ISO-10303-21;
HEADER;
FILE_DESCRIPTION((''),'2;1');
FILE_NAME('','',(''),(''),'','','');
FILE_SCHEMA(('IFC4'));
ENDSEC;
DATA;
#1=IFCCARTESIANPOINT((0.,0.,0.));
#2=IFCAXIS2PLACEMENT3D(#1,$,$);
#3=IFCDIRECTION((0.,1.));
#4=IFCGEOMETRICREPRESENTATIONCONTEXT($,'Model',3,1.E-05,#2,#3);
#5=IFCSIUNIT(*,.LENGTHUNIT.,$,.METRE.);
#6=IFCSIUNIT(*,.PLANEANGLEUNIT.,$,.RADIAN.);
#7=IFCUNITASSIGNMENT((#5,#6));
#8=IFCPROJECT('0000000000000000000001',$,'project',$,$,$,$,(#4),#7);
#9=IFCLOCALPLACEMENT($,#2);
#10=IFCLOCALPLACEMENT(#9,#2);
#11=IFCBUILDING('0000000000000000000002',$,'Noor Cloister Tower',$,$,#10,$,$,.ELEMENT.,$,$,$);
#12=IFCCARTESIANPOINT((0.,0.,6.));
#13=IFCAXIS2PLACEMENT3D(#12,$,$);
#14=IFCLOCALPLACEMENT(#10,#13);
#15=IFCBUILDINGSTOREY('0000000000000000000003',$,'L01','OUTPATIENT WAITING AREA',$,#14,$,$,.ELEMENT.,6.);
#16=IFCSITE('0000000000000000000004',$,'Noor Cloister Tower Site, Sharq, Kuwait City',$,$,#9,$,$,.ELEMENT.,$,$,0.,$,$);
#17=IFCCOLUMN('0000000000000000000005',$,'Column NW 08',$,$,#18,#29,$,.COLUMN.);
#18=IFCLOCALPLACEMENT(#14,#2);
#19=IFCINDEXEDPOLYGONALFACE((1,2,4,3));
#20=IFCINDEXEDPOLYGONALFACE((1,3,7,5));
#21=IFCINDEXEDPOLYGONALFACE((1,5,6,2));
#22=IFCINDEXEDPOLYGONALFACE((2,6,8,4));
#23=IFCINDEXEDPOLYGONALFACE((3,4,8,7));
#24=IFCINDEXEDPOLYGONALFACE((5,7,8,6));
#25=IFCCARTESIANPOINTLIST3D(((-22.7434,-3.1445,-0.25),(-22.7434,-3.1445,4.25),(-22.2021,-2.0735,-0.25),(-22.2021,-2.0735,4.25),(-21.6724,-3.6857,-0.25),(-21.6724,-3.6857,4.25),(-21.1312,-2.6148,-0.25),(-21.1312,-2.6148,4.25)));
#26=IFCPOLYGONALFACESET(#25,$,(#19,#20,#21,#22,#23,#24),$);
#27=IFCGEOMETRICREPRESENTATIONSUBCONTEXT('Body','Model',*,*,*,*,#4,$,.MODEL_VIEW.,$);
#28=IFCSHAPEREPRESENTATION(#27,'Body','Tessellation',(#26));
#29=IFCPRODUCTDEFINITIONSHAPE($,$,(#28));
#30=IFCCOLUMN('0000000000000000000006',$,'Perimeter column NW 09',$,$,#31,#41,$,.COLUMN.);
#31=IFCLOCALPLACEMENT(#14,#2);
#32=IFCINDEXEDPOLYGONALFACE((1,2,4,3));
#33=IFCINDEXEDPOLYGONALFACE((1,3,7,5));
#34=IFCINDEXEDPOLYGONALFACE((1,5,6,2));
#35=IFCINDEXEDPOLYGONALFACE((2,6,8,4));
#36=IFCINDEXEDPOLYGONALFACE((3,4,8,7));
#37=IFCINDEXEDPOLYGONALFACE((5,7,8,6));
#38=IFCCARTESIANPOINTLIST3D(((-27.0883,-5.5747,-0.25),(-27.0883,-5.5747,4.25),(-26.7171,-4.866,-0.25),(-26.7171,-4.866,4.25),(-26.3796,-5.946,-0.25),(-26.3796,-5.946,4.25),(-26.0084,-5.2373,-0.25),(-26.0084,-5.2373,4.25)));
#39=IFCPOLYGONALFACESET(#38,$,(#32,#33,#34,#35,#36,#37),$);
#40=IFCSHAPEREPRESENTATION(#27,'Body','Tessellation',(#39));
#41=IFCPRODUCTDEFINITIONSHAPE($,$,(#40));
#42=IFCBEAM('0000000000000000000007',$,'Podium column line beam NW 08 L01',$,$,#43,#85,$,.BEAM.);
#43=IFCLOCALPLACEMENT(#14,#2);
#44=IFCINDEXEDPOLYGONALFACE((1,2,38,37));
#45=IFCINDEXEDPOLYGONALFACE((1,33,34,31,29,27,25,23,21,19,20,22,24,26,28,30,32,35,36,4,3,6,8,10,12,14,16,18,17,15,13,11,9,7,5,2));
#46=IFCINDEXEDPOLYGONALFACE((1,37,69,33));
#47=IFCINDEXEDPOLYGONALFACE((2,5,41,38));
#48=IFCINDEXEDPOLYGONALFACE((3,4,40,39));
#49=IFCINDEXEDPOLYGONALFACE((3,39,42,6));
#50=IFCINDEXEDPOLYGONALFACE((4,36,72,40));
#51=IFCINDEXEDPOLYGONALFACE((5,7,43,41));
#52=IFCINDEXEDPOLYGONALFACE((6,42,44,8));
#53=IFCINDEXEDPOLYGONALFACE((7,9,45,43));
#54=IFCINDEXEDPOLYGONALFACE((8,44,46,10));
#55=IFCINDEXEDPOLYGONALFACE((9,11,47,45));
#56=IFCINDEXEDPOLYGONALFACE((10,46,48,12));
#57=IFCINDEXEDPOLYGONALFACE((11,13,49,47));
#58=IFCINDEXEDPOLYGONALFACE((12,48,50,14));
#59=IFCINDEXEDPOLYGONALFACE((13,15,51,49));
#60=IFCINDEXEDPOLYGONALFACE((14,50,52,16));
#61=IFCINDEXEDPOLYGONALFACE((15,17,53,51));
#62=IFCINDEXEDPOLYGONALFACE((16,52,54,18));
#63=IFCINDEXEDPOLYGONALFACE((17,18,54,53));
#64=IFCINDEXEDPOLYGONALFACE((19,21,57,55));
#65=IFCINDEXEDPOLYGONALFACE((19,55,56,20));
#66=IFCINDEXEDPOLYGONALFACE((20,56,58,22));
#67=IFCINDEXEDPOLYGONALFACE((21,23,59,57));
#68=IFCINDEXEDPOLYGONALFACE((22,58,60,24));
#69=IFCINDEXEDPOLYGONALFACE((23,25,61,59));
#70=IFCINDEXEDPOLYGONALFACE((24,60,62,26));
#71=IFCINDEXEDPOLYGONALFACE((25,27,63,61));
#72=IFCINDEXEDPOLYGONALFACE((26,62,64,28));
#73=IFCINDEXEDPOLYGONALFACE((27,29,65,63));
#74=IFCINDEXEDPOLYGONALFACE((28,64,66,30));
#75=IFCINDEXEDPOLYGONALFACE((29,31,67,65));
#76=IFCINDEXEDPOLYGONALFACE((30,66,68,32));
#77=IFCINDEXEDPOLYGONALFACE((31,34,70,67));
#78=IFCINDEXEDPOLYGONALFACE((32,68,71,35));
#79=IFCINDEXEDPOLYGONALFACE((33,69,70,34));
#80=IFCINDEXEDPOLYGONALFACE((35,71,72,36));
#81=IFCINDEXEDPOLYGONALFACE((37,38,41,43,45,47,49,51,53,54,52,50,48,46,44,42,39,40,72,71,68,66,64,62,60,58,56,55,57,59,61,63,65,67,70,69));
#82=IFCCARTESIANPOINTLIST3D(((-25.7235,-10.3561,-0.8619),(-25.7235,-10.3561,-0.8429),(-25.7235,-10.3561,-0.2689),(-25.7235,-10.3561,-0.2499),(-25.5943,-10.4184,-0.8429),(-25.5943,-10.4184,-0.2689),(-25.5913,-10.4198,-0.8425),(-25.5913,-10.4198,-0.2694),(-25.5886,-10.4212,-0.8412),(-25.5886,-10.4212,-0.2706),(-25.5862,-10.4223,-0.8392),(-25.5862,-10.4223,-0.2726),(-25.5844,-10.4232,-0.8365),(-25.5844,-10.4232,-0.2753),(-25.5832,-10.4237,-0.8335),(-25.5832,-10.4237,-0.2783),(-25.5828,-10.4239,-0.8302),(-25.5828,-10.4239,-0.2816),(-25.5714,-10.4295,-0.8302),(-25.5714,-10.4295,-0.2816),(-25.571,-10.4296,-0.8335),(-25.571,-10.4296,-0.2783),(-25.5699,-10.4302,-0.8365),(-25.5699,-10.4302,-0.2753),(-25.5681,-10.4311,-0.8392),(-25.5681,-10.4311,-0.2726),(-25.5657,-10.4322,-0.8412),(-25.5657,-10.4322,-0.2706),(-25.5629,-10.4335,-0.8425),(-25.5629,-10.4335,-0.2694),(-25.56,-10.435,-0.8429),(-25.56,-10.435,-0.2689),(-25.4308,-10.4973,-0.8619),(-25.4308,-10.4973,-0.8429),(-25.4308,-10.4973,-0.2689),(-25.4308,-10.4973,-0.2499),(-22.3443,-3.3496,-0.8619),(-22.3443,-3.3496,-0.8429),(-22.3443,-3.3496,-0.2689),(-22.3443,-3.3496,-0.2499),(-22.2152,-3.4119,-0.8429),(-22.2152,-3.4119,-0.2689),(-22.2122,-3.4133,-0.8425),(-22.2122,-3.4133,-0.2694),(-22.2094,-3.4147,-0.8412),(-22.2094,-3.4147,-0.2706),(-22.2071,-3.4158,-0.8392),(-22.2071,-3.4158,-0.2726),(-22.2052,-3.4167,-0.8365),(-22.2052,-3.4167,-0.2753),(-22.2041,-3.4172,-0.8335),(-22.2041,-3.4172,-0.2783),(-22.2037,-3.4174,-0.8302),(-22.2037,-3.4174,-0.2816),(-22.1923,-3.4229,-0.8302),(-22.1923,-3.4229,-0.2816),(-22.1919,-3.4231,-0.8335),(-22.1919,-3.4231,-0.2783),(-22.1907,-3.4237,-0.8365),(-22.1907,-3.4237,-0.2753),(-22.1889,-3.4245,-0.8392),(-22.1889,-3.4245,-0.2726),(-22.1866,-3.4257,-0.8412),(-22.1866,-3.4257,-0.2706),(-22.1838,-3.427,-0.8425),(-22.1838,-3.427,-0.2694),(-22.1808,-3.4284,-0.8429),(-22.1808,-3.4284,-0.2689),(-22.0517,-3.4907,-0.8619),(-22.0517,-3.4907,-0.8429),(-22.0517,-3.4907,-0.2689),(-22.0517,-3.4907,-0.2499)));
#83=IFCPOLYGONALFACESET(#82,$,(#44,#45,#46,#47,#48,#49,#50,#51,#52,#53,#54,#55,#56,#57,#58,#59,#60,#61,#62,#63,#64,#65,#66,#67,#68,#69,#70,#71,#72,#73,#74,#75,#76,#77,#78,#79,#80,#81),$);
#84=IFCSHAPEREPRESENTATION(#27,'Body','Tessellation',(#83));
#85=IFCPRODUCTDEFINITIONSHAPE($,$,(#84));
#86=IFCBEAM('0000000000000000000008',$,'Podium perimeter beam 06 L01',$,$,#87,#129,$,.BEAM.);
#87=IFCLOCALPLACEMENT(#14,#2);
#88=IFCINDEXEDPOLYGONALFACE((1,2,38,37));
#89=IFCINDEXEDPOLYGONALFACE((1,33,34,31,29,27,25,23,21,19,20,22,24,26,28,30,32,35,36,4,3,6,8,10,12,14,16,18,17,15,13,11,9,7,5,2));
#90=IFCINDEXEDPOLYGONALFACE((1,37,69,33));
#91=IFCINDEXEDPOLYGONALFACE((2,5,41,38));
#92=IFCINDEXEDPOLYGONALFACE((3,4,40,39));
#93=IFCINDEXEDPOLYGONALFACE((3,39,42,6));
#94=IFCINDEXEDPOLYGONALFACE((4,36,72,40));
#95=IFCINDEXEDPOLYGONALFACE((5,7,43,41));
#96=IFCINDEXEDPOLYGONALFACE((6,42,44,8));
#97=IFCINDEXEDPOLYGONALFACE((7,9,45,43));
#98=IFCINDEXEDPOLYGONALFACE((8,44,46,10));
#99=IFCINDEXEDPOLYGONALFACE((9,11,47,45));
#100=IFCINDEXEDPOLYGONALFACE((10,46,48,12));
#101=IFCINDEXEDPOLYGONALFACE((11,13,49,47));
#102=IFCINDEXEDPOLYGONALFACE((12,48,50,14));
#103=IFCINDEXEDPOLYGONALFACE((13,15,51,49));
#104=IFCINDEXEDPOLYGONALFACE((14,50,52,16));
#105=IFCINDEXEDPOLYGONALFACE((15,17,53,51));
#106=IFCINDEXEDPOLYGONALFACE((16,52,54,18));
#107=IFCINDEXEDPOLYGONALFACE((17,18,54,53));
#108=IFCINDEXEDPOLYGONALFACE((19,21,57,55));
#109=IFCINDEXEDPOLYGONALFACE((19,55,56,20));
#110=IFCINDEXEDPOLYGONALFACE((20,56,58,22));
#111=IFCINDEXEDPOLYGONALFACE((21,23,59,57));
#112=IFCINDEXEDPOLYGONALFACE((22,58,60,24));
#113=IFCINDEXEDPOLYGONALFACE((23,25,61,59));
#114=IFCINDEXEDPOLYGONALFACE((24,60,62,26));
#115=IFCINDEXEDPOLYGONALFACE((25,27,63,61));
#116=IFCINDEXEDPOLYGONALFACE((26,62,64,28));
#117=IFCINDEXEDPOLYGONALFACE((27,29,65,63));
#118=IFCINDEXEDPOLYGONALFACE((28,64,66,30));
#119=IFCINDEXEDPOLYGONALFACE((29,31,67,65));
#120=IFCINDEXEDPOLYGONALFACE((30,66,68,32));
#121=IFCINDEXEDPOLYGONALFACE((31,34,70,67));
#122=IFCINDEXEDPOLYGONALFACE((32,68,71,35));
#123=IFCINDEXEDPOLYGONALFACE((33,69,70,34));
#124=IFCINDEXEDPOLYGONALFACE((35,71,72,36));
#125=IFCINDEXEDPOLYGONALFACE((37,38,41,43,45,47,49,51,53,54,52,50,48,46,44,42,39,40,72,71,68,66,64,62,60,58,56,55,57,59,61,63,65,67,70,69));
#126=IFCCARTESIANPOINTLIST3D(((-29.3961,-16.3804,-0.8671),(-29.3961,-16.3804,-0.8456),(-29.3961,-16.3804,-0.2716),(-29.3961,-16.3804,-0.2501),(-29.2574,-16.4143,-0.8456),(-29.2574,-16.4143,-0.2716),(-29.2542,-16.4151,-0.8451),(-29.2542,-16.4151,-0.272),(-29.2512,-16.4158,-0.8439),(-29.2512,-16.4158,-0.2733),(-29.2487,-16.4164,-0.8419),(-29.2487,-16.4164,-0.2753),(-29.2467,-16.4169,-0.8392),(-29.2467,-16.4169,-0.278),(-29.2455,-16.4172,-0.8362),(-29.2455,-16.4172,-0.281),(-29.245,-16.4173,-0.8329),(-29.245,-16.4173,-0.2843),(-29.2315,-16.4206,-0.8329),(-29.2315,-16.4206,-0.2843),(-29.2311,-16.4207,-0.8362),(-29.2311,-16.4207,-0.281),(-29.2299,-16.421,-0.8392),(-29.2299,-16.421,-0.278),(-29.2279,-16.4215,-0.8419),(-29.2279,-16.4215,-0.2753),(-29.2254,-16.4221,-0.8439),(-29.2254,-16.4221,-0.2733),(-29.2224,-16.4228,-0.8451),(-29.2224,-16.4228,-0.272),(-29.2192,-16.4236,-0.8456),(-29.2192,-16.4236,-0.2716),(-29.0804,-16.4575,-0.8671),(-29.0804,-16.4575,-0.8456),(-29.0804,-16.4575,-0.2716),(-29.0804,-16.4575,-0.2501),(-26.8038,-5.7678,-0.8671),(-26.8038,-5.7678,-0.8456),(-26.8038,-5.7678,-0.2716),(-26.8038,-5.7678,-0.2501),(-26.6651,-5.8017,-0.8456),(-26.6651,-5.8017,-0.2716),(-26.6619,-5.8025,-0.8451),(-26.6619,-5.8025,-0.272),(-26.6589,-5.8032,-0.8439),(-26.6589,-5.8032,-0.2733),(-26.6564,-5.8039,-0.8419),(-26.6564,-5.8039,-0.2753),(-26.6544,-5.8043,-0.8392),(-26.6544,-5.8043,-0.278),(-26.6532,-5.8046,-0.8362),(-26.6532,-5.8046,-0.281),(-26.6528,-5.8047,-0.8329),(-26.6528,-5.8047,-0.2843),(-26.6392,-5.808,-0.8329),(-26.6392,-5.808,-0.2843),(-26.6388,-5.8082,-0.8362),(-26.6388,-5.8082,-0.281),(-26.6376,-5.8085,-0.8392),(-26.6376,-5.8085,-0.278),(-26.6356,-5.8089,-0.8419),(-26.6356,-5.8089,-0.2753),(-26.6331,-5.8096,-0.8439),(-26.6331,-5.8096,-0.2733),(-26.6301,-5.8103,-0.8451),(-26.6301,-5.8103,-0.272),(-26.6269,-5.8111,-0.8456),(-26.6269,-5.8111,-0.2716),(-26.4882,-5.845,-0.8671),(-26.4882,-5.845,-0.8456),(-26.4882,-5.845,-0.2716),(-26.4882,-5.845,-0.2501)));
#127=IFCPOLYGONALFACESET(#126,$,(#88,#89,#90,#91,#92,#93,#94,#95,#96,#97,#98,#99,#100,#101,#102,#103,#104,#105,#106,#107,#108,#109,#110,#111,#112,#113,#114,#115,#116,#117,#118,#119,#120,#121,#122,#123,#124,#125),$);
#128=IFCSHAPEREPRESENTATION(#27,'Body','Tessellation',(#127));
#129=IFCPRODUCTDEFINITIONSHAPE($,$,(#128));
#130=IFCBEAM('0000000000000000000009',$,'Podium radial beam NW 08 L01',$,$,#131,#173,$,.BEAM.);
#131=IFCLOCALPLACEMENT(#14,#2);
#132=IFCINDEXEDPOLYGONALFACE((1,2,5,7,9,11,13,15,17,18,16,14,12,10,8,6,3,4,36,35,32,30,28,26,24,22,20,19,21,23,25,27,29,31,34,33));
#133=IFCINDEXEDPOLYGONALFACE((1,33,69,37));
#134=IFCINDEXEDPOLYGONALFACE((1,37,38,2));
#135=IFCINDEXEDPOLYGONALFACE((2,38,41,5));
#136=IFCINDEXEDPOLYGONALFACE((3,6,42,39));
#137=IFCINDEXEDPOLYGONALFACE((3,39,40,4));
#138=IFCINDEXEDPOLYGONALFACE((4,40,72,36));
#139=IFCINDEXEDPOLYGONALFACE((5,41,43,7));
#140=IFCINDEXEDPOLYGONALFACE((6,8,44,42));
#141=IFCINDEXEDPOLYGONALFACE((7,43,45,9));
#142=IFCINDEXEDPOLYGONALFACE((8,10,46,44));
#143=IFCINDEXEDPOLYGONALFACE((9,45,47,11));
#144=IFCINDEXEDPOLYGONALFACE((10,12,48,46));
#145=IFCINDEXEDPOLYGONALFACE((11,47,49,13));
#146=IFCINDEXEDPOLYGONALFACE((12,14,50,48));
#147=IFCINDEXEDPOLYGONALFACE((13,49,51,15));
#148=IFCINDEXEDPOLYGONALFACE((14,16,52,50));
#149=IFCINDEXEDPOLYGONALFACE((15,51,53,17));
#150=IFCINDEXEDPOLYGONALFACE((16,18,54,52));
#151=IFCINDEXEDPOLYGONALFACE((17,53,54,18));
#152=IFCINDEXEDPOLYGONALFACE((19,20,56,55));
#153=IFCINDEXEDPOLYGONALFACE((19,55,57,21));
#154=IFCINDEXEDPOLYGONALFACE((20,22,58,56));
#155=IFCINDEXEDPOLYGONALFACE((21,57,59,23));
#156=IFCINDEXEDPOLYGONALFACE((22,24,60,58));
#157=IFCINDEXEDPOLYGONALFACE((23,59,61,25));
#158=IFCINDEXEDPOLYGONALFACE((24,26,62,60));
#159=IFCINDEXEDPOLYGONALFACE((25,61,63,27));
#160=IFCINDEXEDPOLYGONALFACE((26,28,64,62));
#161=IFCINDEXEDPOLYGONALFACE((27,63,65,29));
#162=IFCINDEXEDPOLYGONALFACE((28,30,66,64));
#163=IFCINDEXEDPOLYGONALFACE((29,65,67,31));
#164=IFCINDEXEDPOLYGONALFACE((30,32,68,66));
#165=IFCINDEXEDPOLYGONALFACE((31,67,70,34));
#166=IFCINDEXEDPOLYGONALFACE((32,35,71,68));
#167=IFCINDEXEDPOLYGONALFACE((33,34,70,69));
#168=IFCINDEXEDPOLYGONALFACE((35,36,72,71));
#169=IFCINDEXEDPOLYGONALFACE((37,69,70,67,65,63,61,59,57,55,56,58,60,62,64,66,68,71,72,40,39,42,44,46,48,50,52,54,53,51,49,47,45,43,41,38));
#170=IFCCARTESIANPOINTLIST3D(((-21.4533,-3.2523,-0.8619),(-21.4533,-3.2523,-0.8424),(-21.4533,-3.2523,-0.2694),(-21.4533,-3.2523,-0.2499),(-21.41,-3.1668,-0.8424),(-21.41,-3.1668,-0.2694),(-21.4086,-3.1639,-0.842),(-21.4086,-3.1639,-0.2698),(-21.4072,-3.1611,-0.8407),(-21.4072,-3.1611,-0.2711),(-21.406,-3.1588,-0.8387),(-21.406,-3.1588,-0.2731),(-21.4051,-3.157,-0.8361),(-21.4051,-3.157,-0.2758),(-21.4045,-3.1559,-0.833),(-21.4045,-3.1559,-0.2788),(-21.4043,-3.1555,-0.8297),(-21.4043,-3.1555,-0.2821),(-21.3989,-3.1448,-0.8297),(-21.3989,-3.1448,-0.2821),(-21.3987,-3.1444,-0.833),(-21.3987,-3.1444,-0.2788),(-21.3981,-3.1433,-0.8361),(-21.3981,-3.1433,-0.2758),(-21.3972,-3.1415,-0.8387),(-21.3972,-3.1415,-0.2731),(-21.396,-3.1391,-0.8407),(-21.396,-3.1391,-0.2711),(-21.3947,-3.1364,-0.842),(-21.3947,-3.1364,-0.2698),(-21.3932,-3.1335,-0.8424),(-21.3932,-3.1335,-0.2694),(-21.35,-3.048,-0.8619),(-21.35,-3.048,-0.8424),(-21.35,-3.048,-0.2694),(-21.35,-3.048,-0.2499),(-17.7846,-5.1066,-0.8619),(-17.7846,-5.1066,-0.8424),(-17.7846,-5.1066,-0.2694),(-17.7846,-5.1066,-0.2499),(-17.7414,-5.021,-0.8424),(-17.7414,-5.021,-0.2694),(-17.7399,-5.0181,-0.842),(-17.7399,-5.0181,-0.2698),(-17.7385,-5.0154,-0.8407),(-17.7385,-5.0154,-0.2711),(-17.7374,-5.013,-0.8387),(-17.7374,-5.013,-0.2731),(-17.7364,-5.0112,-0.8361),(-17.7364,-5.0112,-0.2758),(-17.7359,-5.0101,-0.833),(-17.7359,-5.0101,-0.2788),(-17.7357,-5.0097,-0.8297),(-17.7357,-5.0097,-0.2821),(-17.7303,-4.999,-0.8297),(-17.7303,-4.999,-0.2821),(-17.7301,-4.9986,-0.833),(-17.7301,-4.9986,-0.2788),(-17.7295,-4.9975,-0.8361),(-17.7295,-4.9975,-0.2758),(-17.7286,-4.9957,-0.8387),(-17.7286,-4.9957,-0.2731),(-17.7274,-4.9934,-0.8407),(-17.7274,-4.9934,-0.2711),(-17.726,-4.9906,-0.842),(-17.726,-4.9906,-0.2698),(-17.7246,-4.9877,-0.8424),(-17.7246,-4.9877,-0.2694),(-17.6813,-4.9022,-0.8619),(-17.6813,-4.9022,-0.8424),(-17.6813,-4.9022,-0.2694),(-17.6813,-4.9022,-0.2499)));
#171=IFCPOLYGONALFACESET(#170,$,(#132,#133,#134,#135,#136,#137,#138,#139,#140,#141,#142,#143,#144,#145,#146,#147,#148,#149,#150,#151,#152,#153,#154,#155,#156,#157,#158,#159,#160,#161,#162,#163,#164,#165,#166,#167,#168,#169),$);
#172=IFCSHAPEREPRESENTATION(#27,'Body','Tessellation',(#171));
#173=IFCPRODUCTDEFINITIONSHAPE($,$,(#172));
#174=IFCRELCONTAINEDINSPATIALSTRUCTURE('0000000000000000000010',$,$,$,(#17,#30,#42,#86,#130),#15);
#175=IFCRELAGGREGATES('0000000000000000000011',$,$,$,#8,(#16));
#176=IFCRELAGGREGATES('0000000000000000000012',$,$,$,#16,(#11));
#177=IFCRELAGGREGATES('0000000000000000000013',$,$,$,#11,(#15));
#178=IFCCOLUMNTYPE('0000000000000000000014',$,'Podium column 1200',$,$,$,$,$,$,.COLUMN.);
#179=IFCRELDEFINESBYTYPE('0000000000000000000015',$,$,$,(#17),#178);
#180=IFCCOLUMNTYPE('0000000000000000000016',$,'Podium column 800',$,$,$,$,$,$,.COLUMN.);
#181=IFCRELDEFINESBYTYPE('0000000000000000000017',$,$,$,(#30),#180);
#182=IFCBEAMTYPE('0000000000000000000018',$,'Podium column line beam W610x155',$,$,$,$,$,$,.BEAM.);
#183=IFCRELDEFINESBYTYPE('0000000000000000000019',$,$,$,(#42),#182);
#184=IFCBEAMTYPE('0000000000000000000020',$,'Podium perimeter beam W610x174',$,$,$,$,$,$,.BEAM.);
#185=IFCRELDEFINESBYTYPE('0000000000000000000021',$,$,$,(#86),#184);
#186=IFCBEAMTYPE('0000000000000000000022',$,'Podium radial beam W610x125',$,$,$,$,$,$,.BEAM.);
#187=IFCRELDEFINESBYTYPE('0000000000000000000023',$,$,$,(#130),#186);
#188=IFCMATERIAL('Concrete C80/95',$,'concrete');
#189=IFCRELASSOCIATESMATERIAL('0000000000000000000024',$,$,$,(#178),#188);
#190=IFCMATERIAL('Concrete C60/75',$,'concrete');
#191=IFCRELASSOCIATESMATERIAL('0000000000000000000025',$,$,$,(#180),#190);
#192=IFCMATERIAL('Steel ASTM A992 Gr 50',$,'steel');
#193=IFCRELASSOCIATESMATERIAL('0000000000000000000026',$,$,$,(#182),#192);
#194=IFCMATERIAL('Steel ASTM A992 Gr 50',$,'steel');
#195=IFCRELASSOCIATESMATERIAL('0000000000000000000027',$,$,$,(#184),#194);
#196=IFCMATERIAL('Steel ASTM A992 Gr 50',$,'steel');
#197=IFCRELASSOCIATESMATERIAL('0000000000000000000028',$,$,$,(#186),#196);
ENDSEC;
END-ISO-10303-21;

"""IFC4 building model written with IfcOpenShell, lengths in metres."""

from ifc_helpers import new_model, si_unit, direction, frame, origin, origin_2d, place, context, subcontext, project, spatial, rectangle, i_section, extrude, material, material_profile, profile_set, type_object, element, save


model = new_model("IFC4")

# Units and contexts
model_context = context("Model", 3, precision=1e-05, world=origin(), true_north=direction((0.0, 1.0)))
body_context = subcontext(model_context, "Body", "Model", "MODEL_VIEW")
ifc_project = project(units=[si_unit("LENGTHUNIT", "METRE"), si_unit("PLANEANGLEUNIT", "RADIAN")], contexts=[model_context])

# Site, building, storey
site_placement = place(None, origin())
site = spatial("IfcSite", under=ifc_project, at=site_placement, Name="Noor Cloister Tower Site, Sharq, Kuwait City", CompositionType="ELEMENT", RefElevation=0.0)
building_placement = place(site_placement, origin())
building = spatial("IfcBuilding", under=site, at=building_placement, Name="Noor Cloister Tower", CompositionType="ELEMENT")
storey_placement = place(building_placement, frame((0.0, 0.0, 6.0)))
storey = spatial("IfcBuildingStorey", under=building, at=storey_placement, Name="L01", Description="OUTPATIENT WAITING AREA", CompositionType="ELEMENT", Elevation=6.0)

# Columns
ifc_material_1 = material(Name="Concrete C80/95", Category="concrete")
ifc_material_profile_1 = material_profile(ifc_material_1, rectangle(XDim=1.2, YDim=1.2, at=origin_2d()), Name="Podium column 1200")
ifc_profile_set_1 = profile_set([ifc_material_profile_1], Name="Concrete C80/95")
column_type_1 = type_object("IfcColumnType", Name="Podium column 1200", PredefinedType="COLUMN", material=ifc_profile_set_1)
column_1_placement = place(storey_placement, frame((-21.9373, -2.8796, -0.25), z_axis=(0.0, 0.0, 1.0), x_axis=(-0.892501, 0.451046, 0.0)))
element("IfcColumn", 1, at=column_1_placement, inside=storey, type_object=column_type_1, Name="Column NW 08", PredefinedType="COLUMN", context=body_context, shape_type="SweptSolid", body=[
    extrude(rectangle(XDim=1.2, YDim=1.2, at=origin_2d()), origin(), (0.0, 0.0, 1.0), 4.5),
])
ifc_material_2 = material(Name="Concrete C60/75", Category="concrete")
ifc_material_profile_2 = material_profile(ifc_material_2, rectangle(XDim=0.8, YDim=0.8, at=origin_2d()), Name="Podium column 800")
ifc_profile_set_2 = profile_set([ifc_material_profile_2], Name="Concrete C60/75")
column_type_2 = type_object("IfcColumnType", Name="Podium column 800", PredefinedType="COLUMN", material=ifc_profile_set_2)
column_2_placement = place(storey_placement, frame((-26.5483, -5.406, -0.25), z_axis=(0.0, 0.0, 1.0), x_axis=(-0.885828, 0.464014, 0.0)))
element("IfcColumn", 2, at=column_2_placement, inside=storey, type_object=column_type_2, Name="Perimeter column NW 09", PredefinedType="COLUMN", context=body_context, shape_type="SweptSolid", body=[
    extrude(rectangle(XDim=0.8, YDim=0.8, at=origin_2d()), origin(), (0.0, 0.0, 1.0), 4.5),
])

# Beams
ifc_material_3 = material(Name="Steel ASTM A992 Gr 50", Category="steel")
ifc_material_profile_3 = material_profile(ifc_material_3, i_section(OverallWidth=0.325, OverallDepth=0.6121, WebThickness=0.0127, FlangeThickness=0.019, FilletRadius=0.0127, at=origin_2d()), Name="W610x155")
ifc_profile_set_3 = profile_set([ifc_material_profile_3], Name="Steel ASTM A992 Gr 50")
beam_type_1 = type_object("IfcBeamType", Name="Podium column line beam W610x155", PredefinedType="BEAM", material=ifc_profile_set_3)
beam_1_placement = place(storey_placement, frame((-22.198, -3.4202, -0.5559), z_axis=(-0.434401, -0.90072, 0.0), x_axis=(0.90072, -0.434401, 0.0)))
element("IfcBeam", 3, at=beam_1_placement, inside=storey, type_object=beam_type_1, Name="Podium column line beam NW 08 L01", PredefinedType="BEAM", context=body_context, shape_type="SweptSolid", body=[
    extrude(i_section(OverallWidth=0.325, OverallDepth=0.6121, WebThickness=0.0127, FlangeThickness=0.019, FilletRadius=0.0127, at=origin_2d()), origin(), (0.0, 0.0, 1.0), 7.7788),
])
ifc_material_4 = material(Name="Steel ASTM A992 Gr 50", Category="steel")
ifc_material_profile_4 = material_profile(ifc_material_4, i_section(OverallWidth=0.325, OverallDepth=0.6169, WebThickness=0.0139, FlangeThickness=0.0215, FilletRadius=0.0127, at=origin_2d()), Name="W610x174")
ifc_profile_set_4 = profile_set([ifc_material_profile_4], Name="Steel ASTM A992 Gr 50")
beam_type_2 = type_object("IfcBeamType", Name="Podium perimeter beam W610x174", PredefinedType="BEAM", material=ifc_profile_set_4)
beam_2_placement = place(storey_placement, frame((-26.646, -5.8064, -0.5586), z_axis=(-0.23729, -0.971439, 0.0), x_axis=(0.971439, -0.23729, 0.0)))
element("IfcBeam", 4, at=beam_2_placement, inside=storey, type_object=beam_type_2, Name="Podium perimeter beam 06 L01", PredefinedType="BEAM", context=body_context, shape_type="SweptSolid", body=[
    extrude(i_section(OverallWidth=0.325, OverallDepth=0.6169, WebThickness=0.0139, FlangeThickness=0.0215, FilletRadius=0.0127, at=origin_2d()), origin(), (0.0, 0.0, 1.0), 10.9246),
])
ifc_material_5 = material(Name="Steel ASTM A992 Gr 50", Category="steel")
ifc_material_profile_5 = material_profile(ifc_material_5, i_section(OverallWidth=0.229, OverallDepth=0.6121, WebThickness=0.012, FlangeThickness=0.0195, FilletRadius=0.0127, at=origin_2d()), Name="W610x125")
ifc_profile_set_5 = profile_set([ifc_material_profile_5], Name="Steel ASTM A992 Gr 50")
beam_type_3 = type_object("IfcBeamType", Name="Podium radial beam W610x125", PredefinedType="BEAM", material=ifc_profile_set_5)
beam_3_placement = place(storey_placement, frame((-21.4016, -3.1501, -0.5559), z_axis=(0.892483, -0.451082, 0.0), x_axis=(0.451082, 0.892483, 0.0)))
element("IfcBeam", 5, at=beam_3_placement, inside=storey, type_object=beam_type_3, Name="Podium radial beam NW 08 L01", PredefinedType="BEAM", context=body_context, shape_type="SweptSolid", body=[
    extrude(i_section(OverallWidth=0.229, OverallDepth=0.6121, WebThickness=0.012, FlangeThickness=0.0195, FilletRadius=0.0127, at=origin_2d()), origin(), (0.0, 0.0, 1.0), 4.1106),
])

save(model, "model.ifc")
